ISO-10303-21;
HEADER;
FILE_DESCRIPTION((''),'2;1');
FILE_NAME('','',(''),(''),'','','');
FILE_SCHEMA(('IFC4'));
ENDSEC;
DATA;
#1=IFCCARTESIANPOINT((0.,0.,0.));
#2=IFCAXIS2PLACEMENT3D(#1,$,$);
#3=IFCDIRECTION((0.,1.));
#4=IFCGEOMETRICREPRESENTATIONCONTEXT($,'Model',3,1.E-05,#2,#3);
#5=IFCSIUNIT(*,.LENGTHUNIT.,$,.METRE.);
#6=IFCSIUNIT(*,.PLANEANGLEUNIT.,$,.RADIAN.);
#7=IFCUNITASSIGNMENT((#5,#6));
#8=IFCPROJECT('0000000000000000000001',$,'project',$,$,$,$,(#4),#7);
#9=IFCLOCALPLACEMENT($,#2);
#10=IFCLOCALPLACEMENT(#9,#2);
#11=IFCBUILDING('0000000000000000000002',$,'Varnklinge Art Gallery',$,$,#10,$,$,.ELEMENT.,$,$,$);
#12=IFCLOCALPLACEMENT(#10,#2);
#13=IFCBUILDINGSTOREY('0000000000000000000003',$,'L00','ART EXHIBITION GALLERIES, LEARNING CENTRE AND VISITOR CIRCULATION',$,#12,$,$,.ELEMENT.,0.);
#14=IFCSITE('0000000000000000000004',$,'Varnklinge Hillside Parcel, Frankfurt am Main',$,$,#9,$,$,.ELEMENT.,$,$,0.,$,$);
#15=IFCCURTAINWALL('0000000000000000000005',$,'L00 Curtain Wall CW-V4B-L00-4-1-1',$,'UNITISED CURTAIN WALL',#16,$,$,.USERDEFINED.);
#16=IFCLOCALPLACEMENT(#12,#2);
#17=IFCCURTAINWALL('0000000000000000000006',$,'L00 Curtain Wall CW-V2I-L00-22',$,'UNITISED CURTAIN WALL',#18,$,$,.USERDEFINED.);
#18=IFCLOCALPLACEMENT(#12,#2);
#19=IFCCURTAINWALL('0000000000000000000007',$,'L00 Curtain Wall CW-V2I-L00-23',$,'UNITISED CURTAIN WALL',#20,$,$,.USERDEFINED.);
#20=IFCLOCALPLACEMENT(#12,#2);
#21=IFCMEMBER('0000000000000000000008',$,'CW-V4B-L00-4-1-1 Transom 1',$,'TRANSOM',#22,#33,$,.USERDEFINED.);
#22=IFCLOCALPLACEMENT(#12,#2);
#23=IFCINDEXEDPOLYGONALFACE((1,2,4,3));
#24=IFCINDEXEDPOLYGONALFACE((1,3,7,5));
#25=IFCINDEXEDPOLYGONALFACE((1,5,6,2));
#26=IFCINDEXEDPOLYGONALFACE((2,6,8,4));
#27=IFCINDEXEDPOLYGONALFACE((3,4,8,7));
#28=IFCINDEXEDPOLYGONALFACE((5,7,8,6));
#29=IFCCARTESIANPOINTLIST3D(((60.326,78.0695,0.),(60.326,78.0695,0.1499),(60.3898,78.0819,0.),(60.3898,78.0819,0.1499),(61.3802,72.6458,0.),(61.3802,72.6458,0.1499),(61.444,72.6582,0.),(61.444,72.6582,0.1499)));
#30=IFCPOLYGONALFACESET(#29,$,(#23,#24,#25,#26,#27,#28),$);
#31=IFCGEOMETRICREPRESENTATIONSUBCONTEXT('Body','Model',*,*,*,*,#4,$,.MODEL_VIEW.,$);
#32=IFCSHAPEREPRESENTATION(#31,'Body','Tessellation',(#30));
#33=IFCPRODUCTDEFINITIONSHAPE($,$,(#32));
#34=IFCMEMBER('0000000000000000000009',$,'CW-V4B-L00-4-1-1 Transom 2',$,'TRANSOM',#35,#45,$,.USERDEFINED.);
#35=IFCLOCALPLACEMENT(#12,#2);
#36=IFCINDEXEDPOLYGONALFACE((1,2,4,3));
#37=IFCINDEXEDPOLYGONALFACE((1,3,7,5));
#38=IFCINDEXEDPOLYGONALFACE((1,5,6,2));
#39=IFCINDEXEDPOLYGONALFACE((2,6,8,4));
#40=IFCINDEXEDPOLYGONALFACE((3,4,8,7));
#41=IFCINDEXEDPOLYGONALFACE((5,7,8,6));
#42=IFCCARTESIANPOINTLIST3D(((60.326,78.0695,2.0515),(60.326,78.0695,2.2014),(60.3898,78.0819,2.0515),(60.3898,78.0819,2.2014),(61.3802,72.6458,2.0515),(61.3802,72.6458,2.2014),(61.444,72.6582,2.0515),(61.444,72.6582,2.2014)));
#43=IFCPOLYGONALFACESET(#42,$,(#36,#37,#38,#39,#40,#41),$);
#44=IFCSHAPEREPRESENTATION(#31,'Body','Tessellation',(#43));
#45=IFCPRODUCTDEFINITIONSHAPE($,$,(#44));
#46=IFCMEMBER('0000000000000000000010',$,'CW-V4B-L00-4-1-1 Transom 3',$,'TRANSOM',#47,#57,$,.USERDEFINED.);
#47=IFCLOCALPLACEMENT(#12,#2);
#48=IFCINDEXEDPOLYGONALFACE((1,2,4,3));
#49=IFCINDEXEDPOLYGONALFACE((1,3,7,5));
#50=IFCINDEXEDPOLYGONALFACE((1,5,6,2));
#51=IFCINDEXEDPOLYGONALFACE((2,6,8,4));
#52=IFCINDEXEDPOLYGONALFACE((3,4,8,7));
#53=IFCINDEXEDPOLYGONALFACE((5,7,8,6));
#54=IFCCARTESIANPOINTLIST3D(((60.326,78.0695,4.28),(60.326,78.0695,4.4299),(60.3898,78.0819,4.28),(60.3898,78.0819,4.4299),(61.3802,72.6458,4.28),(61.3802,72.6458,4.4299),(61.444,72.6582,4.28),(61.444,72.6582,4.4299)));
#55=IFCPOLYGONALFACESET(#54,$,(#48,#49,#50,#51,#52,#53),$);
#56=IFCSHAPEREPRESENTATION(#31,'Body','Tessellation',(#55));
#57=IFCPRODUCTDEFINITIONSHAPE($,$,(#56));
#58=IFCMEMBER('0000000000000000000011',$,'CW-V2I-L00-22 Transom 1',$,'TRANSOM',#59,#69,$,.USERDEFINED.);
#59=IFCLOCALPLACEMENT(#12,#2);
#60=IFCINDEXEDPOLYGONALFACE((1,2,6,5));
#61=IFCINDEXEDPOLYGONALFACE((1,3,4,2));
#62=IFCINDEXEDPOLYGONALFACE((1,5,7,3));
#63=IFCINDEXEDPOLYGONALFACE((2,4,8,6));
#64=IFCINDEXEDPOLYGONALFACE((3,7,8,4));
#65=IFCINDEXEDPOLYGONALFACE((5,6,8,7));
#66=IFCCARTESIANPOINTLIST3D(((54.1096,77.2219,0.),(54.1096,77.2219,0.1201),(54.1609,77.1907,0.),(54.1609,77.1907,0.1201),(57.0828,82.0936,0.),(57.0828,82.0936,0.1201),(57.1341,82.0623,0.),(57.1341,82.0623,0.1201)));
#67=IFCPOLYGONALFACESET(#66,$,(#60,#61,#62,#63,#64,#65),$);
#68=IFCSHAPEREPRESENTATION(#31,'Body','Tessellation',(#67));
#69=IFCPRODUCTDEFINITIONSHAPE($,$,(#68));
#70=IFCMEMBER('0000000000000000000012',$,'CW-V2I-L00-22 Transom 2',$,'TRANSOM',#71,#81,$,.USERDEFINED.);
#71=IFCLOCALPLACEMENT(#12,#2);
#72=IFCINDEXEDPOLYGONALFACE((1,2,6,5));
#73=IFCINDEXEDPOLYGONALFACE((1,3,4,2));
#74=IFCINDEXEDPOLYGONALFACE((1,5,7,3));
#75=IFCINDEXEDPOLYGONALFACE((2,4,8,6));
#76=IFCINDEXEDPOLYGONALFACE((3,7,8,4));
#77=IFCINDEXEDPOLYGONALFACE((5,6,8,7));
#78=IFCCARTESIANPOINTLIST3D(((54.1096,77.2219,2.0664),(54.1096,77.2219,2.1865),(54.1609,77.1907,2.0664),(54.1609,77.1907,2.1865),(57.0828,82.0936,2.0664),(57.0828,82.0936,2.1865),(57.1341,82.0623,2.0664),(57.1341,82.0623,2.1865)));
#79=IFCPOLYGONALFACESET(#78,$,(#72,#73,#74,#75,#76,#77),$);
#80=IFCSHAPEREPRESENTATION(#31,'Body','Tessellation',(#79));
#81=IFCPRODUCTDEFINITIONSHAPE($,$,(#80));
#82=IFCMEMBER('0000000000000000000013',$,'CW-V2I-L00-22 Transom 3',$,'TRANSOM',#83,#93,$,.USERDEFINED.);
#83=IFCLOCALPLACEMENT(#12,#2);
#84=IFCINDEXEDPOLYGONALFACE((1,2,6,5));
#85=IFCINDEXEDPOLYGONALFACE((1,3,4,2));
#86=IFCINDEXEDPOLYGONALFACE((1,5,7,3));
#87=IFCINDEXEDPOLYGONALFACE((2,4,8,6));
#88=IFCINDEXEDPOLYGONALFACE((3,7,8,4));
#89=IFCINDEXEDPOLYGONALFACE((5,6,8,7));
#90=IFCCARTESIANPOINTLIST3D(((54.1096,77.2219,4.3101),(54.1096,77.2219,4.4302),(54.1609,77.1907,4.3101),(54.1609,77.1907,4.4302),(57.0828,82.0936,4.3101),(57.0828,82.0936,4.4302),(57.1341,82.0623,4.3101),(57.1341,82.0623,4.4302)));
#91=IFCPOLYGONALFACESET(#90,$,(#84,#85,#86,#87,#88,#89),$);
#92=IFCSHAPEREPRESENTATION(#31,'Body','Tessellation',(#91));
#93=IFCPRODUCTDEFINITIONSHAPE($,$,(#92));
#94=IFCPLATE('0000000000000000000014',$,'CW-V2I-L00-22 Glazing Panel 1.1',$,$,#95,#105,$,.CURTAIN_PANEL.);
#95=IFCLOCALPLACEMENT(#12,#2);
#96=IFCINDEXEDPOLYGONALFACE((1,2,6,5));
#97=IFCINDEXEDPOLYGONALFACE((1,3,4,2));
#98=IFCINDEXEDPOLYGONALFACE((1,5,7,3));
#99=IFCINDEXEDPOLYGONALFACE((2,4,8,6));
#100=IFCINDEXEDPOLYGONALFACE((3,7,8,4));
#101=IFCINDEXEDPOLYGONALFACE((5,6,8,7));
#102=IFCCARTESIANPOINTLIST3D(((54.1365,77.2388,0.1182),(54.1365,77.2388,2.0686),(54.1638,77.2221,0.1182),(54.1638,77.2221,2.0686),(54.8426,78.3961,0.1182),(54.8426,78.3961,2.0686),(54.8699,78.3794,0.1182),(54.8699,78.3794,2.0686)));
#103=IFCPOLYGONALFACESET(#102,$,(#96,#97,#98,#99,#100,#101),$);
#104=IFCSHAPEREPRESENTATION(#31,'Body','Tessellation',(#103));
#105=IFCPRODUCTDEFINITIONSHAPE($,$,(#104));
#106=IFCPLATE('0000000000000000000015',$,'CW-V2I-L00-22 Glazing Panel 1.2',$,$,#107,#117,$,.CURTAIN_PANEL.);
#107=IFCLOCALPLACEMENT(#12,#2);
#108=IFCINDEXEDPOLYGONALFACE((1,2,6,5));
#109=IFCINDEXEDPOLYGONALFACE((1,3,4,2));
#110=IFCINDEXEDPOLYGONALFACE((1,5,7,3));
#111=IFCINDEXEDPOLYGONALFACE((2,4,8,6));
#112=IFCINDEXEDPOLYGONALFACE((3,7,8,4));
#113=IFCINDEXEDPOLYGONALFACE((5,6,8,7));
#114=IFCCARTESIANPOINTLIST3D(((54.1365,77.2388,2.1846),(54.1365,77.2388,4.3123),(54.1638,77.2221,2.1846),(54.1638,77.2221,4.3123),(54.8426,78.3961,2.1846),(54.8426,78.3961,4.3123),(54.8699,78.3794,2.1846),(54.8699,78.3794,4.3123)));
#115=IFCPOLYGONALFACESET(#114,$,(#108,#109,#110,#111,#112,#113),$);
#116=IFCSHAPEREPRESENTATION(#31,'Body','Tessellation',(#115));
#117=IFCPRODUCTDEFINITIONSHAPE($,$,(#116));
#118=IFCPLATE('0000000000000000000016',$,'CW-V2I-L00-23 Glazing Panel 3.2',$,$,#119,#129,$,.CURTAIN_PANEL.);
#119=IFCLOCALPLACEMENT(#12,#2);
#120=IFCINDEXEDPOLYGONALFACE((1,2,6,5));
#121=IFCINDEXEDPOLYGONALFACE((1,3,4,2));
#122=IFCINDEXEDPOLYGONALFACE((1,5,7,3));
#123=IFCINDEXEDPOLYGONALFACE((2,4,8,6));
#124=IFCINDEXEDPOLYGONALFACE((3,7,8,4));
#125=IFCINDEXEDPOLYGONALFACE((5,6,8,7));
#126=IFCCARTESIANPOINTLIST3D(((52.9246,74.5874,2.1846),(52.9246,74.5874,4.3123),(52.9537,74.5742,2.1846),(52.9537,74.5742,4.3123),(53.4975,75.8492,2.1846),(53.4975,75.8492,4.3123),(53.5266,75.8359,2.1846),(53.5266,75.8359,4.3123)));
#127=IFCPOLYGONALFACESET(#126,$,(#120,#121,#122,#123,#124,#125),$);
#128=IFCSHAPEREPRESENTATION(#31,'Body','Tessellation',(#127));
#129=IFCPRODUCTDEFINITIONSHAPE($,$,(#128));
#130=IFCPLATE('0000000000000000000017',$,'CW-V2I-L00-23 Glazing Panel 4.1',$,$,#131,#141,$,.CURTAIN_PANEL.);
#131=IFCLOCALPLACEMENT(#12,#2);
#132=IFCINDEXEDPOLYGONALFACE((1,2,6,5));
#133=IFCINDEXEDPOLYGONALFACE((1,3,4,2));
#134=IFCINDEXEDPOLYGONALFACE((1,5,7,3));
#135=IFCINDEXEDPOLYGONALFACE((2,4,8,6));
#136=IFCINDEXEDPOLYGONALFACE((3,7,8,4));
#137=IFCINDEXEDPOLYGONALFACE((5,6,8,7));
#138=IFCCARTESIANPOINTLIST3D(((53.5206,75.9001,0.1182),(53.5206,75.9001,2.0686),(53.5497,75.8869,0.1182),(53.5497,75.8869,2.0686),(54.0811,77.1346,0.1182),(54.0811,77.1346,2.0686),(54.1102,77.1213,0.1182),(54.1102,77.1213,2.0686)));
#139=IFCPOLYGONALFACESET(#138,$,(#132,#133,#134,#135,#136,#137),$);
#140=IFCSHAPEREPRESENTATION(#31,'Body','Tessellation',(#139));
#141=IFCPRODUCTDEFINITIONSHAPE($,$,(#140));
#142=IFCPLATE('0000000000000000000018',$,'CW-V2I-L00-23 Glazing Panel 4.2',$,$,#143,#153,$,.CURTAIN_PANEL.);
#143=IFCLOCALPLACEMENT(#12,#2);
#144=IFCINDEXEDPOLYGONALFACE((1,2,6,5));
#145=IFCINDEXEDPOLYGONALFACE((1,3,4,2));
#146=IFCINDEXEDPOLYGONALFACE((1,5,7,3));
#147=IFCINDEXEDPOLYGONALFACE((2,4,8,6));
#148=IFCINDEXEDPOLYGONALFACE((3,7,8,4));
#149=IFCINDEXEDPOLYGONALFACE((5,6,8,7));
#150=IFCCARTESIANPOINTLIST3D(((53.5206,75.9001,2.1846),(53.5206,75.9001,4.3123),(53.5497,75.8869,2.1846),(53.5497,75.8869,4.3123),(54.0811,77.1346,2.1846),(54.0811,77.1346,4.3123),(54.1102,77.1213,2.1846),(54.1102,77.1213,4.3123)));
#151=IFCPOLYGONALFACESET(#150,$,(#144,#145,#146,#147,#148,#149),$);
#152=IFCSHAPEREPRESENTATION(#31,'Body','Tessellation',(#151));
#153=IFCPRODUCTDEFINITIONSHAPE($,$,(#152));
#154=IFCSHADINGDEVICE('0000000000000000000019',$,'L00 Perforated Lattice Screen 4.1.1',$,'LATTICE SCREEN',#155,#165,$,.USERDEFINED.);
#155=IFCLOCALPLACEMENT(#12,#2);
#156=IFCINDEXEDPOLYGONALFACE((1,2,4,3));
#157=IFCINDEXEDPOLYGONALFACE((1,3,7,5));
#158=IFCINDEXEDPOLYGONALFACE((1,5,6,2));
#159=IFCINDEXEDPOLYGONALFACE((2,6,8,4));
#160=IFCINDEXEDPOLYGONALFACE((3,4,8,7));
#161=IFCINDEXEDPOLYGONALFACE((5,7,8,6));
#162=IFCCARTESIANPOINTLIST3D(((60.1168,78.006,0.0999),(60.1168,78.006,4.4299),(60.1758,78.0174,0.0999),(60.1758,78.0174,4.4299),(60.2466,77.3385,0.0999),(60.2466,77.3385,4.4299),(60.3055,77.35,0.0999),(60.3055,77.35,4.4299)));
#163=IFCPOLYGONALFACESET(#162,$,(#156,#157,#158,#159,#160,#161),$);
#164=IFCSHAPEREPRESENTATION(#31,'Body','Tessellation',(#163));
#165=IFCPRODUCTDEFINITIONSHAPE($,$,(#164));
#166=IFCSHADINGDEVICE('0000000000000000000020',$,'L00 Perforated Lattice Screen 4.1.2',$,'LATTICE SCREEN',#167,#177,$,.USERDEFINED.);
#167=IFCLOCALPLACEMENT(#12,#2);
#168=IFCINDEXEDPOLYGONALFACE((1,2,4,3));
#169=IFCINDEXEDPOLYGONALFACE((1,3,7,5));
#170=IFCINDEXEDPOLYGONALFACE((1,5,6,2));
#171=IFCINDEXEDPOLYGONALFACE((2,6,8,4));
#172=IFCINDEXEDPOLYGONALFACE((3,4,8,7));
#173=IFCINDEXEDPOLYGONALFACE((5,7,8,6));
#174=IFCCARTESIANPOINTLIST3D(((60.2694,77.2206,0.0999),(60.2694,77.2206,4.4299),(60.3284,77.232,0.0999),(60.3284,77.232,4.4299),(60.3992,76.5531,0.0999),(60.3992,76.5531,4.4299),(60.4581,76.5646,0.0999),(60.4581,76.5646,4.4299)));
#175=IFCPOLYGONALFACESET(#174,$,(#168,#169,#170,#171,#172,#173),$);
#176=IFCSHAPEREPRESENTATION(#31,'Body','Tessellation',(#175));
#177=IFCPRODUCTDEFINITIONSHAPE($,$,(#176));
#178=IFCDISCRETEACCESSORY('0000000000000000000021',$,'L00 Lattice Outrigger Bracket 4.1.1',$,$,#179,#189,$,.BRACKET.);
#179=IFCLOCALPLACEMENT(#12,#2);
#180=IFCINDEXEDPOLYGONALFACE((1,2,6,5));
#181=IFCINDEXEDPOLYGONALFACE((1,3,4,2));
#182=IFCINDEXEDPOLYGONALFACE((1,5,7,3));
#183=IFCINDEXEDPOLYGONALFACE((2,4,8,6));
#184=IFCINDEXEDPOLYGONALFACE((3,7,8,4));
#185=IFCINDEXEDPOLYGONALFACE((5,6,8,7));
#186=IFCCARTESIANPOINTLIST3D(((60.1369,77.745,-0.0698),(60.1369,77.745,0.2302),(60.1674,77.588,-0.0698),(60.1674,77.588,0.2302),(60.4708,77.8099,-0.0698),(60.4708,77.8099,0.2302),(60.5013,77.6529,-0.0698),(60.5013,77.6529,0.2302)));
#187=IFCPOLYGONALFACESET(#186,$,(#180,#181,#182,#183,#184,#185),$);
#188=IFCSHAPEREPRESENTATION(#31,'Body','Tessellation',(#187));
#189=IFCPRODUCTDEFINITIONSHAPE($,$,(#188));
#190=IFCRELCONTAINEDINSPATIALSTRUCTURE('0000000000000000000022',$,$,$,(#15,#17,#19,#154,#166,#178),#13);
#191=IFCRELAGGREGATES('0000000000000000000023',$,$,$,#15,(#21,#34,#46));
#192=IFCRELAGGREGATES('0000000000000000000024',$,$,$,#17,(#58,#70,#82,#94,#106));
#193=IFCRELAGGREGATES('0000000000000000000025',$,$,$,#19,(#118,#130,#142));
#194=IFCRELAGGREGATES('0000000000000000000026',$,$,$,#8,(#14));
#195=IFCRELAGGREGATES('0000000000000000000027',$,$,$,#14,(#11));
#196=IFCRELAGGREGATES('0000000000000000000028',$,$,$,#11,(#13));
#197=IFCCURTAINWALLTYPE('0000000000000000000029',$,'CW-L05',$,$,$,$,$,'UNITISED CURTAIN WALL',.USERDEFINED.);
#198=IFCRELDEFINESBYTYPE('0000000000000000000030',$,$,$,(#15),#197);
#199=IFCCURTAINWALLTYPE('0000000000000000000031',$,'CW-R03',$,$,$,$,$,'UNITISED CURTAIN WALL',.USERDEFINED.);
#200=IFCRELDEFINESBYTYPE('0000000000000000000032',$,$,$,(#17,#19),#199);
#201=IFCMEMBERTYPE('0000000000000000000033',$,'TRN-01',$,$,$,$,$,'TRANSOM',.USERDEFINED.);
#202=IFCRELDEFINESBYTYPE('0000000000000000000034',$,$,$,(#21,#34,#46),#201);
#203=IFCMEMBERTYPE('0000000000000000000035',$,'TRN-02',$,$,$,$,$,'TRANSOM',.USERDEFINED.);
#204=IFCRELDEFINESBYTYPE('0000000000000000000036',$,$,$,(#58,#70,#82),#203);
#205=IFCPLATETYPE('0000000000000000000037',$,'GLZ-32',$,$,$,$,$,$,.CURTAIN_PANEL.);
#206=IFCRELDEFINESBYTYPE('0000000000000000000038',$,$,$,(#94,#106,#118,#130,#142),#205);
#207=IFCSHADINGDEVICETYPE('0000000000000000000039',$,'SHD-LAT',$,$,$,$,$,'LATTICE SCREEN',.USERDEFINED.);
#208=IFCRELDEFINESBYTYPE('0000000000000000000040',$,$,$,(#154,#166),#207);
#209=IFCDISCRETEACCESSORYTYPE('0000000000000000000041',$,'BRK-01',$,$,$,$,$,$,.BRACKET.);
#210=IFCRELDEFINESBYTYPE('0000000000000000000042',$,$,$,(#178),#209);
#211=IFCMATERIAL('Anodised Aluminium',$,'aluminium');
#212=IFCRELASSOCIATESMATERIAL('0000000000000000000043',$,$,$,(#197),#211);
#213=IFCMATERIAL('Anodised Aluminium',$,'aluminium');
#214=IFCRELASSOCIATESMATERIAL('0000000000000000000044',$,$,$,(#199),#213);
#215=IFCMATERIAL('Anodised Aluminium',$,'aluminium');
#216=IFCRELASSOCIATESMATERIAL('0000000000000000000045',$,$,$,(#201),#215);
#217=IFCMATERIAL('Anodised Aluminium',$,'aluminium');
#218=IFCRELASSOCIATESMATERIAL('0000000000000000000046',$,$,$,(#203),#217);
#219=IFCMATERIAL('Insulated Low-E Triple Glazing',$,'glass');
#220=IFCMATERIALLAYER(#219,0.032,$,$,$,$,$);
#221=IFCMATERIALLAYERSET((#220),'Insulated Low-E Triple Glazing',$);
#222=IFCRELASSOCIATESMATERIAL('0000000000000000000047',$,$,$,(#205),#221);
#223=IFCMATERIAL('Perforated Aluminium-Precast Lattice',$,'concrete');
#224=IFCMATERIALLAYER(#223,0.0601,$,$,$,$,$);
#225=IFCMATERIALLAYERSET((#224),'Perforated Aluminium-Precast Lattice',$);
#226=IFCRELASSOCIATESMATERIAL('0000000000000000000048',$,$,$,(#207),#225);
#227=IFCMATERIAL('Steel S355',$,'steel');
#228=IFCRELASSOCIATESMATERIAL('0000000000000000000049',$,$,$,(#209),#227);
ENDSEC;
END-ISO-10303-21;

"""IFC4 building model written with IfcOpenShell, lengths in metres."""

from ifc_helpers import new_model, si_unit, direction, frame, origin, origin_2d, place, context, subcontext, project, spatial, rectangle, extrude, material, layer, layer_set, material_profile, profile_set, type_object, element, aggregate, save


model = new_model("IFC4")

# Units and contexts
model_context = context("Model", 3, precision=1e-05, world=origin(), true_north=direction((0.0, 1.0)))
body_context = subcontext(model_context, "Body", "Model", "MODEL_VIEW")
ifc_project = project(units=[si_unit("LENGTHUNIT", "METRE"), si_unit("PLANEANGLEUNIT", "RADIAN")], contexts=[model_context])

# Site, building, storey
site_placement = place(None, origin())
site = spatial("IfcSite", under=ifc_project, at=site_placement, Name="Varnklinge Hillside Parcel, Frankfurt am Main", CompositionType="ELEMENT", RefElevation=0.0)
building_placement = place(site_placement, origin())
building = spatial("IfcBuilding", under=site, at=building_placement, Name="Varnklinge Art Gallery", CompositionType="ELEMENT")
storey_placement = place(building_placement, origin())
storey = spatial("IfcBuildingStorey", under=building, at=storey_placement, Name="L00", Description="ART EXHIBITION GALLERIES, LEARNING CENTRE AND VISITOR CIRCULATION", CompositionType="ELEMENT", Elevation=0.0)

# Curtain wall
ifc_material_1 = material(Name="Anodised Aluminium", Category="aluminium")
curtain_wall_type_1 = type_object("IfcCurtainWallType", Name="CW-L05", ElementType="UNITISED CURTAIN WALL", PredefinedType="USERDEFINED", material=ifc_material_1)
curtain_wall_1_placement = place(storey_placement, origin())
curtain_wall_1 = element("IfcCurtainWall", 1, at=curtain_wall_1_placement, inside=storey, type_object=curtain_wall_type_1, Name="L00 Curtain Wall CW-V4B-L00-4-1-1", ObjectType="UNITISED CURTAIN WALL", PredefinedType="USERDEFINED")

# Curtain walls
ifc_material_2 = material(Name="Anodised Aluminium", Category="aluminium")
curtain_wall_type_2 = type_object("IfcCurtainWallType", Name="CW-R03", ElementType="UNITISED CURTAIN WALL", PredefinedType="USERDEFINED", material=ifc_material_2)
curtain_wall_2_placement = place(storey_placement, origin())
curtain_wall_2 = element("IfcCurtainWall", 2, at=curtain_wall_2_placement, inside=storey, type_object=curtain_wall_type_2, Name="L00 Curtain Wall CW-V2I-L00-22", ObjectType="UNITISED CURTAIN WALL", PredefinedType="USERDEFINED")
curtain_wall_3_placement = place(storey_placement, origin())
curtain_wall_3 = element("IfcCurtainWall", 3, at=curtain_wall_3_placement, inside=storey, type_object=curtain_wall_type_2, Name="L00 Curtain Wall CW-V2I-L00-23", ObjectType="UNITISED CURTAIN WALL", PredefinedType="USERDEFINED")

# Members
ifc_material_3 = material(Name="Anodised Aluminium", Category="aluminium")
ifc_material_profile_1 = material_profile(ifc_material_3, rectangle(XDim=0.0649, YDim=0.1499, at=origin_2d()), Name="ALU 65x150")
ifc_profile_set_1 = profile_set([ifc_material_profile_1], Name="Anodised Aluminium")
member_type_1 = type_object("IfcMemberType", Name="TRN-01", ElementType="TRANSOM", PredefinedType="USERDEFINED", material=ifc_profile_set_1)
member_1_placement = place(storey_placement, frame((60.3579, 78.0757, 0.075), z_axis=(0.190802, -0.981628, 0.0), x_axis=(0.981628, 0.190802, 0.0)))
member_1 = element("IfcMember", 4, at=member_1_placement, type_object=member_type_1, Name="CW-V4B-L00-4-1-1 Transom 1", ObjectType="TRANSOM", PredefinedType="USERDEFINED", context=body_context, shape_type="SweptSolid", body=[
    extrude(rectangle(XDim=0.0649, YDim=0.1499, at=origin_2d()), origin(), (0.0, 0.0, 1.0), 5.5251),
])
member_2_placement = place(storey_placement, frame((60.3579, 78.0757, 2.1265), z_axis=(0.190802, -0.981628, 0.0), x_axis=(0.981628, 0.190802, 0.0)))
member_2 = element("IfcMember", 5, at=member_2_placement, type_object=member_type_1, Name="CW-V4B-L00-4-1-1 Transom 2", ObjectType="TRANSOM", PredefinedType="USERDEFINED", context=body_context, shape_type="SweptSolid", body=[
    extrude(rectangle(XDim=0.0649, YDim=0.1499, at=origin_2d()), origin(), (0.0, 0.0, 1.0), 5.5251),
])
member_3_placement = place(storey_placement, frame((60.3579, 78.0757, 4.355), z_axis=(0.190802, -0.981628, 0.0), x_axis=(0.981628, 0.190802, 0.0)))
member_3 = element("IfcMember", 6, at=member_3_placement, type_object=member_type_1, Name="CW-V4B-L00-4-1-1 Transom 3", ObjectType="TRANSOM", PredefinedType="USERDEFINED", context=body_context, shape_type="SweptSolid", body=[
    extrude(rectangle(XDim=0.0649, YDim=0.1499, at=origin_2d()), origin(), (0.0, 0.0, 1.0), 5.5251),
])
aggregate(curtain_wall_1, [member_1, member_2, member_3])
ifc_material_4 = material(Name="Anodised Aluminium", Category="aluminium")
ifc_material_profile_2 = material_profile(ifc_material_4, rectangle(XDim=0.0601, YDim=0.1201, at=origin_2d()), Name="ALU 60x120")
ifc_profile_set_2 = profile_set([ifc_material_profile_2], Name="Anodised Aluminium")
member_type_2 = type_object("IfcMemberType", Name="TRN-02", ElementType="TRANSOM", PredefinedType="USERDEFINED", material=ifc_profile_set_2)
member_4_placement = place(storey_placement, frame((54.1353, 77.2063, 0.0601), z_axis=(0.520948, 0.853588, 0.0), x_axis=(-0.853588, 0.520948, 0.0)))
member_4 = element("IfcMember", 7, at=member_4_placement, type_object=member_type_2, Name="CW-V2I-L00-22 Transom 1", ObjectType="TRANSOM", PredefinedType="USERDEFINED", context=body_context, shape_type="SweptSolid", body=[
    extrude(rectangle(XDim=0.0601, YDim=0.1201, at=origin_2d()), origin(), (0.0, 0.0, 1.0), 5.7073),
])
member_5_placement = place(storey_placement, frame((54.1353, 77.2063, 2.1265), z_axis=(0.520948, 0.853588, 0.0), x_axis=(-0.853588, 0.520948, 0.0)))
member_5 = element("IfcMember", 8, at=member_5_placement, type_object=member_type_2, Name="CW-V2I-L00-22 Transom 2", ObjectType="TRANSOM", PredefinedType="USERDEFINED", context=body_context, shape_type="SweptSolid", body=[
    extrude(rectangle(XDim=0.0601, YDim=0.1201, at=origin_2d()), origin(), (0.0, 0.0, 1.0), 5.7073),
])
member_6_placement = place(storey_placement, frame((54.1353, 77.2063, 4.3701), z_axis=(0.520948, 0.853588, 0.0), x_axis=(-0.853588, 0.520948, 0.0)))
member_6 = element("IfcMember", 9, at=member_6_placement, type_object=member_type_2, Name="CW-V2I-L00-22 Transom 3", ObjectType="TRANSOM", PredefinedType="USERDEFINED", context=body_context, shape_type="SweptSolid", body=[
    extrude(rectangle(XDim=0.0601, YDim=0.1201, at=origin_2d()), origin(), (0.0, 0.0, 1.0), 5.7073),
])

# Plates
ifc_material_5 = material(Name="Insulated Low-E Triple Glazing", Category="glass")
ifc_layer_1 = layer(ifc_material_5, 0.032)
ifc_layer_set_1 = layer_set([ifc_layer_1], Name="Insulated Low-E Triple Glazing")
plate_type = type_object("IfcPlateType", Name="GLZ-32", PredefinedType="CURTAIN_PANEL", material=ifc_layer_set_1)
plate_1_placement = place(storey_placement, frame((54.5032, 77.8091, 0.1182), z_axis=(0.0, 0.0, 1.0), x_axis=(0.520861, 0.853642, 0.0)))
plate_1 = element("IfcPlate", 10, at=plate_1_placement, type_object=plate_type, Name="CW-V2I-L00-22 Glazing Panel 1.1", PredefinedType="CURTAIN_PANEL", context=body_context, shape_type="SweptSolid", body=[
    extrude(rectangle(XDim=1.3557, YDim=0.032, at=origin_2d()), origin(), (0.0, 0.0, 1.0), 1.9504),
])
plate_2_placement = place(storey_placement, frame((54.5032, 77.8091, 2.1846), z_axis=(0.0, 0.0, 1.0), x_axis=(0.520861, 0.853642, 0.0)))
plate_2 = element("IfcPlate", 11, at=plate_2_placement, type_object=plate_type, Name="CW-V2I-L00-22 Glazing Panel 1.2", PredefinedType="CURTAIN_PANEL", context=body_context, shape_type="SweptSolid", body=[
    extrude(rectangle(XDim=1.3557, YDim=0.032, at=origin_2d()), origin(), (0.0, 0.0, 1.0), 2.1277),
])
aggregate(curtain_wall_2, [member_4, member_5, member_6, plate_1, plate_2])
plate_3_placement = place(storey_placement, frame((53.2256, 75.2117, 2.1846), z_axis=(0.0, 0.0, 1.0), x_axis=(0.413422, 0.910539, 0.0)))
plate_3 = element("IfcPlate", 12, at=plate_3_placement, type_object=plate_type, Name="CW-V2I-L00-23 Glazing Panel 3.2", PredefinedType="CURTAIN_PANEL", context=body_context, shape_type="SweptSolid", body=[
    extrude(rectangle(XDim=1.3857, YDim=0.032, at=origin_2d()), origin(), (0.0, 0.0, 1.0), 2.1277),
])
plate_4_placement = place(storey_placement, frame((53.8154, 76.5107, 0.1182), z_axis=(0.0, 0.0, 1.0), x_axis=(0.413422, 0.910539, 0.0)))
plate_4 = element("IfcPlate", 13, at=plate_4_placement, type_object=plate_type, Name="CW-V2I-L00-23 Glazing Panel 4.1", PredefinedType="CURTAIN_PANEL", context=body_context, shape_type="SweptSolid", body=[
    extrude(rectangle(XDim=1.3557, YDim=0.032, at=origin_2d()), origin(), (0.0, 0.0, 1.0), 1.9504),
])
plate_5_placement = place(storey_placement, frame((53.8154, 76.5107, 2.1846), z_axis=(0.0, 0.0, 1.0), x_axis=(0.413422, 0.910539, 0.0)))
plate_5 = element("IfcPlate", 14, at=plate_5_placement, type_object=plate_type, Name="CW-V2I-L00-23 Glazing Panel 4.2", PredefinedType="CURTAIN_PANEL", context=body_context, shape_type="SweptSolid", body=[
    extrude(rectangle(XDim=1.3557, YDim=0.032, at=origin_2d()), origin(), (0.0, 0.0, 1.0), 2.1277),
])
aggregate(curtain_wall_3, [plate_3, plate_4, plate_5])

# Shading devices
ifc_material_6 = material(Name="Perforated Aluminium-Precast Lattice", Category="concrete")
ifc_layer_2 = layer(ifc_material_6, 0.0601)
ifc_layer_set_2 = layer_set([ifc_layer_2], Name="Perforated Aluminium-Precast Lattice")
shading_device_type = type_object("IfcShadingDeviceType", Name="SHD-LAT", ElementType="LATTICE SCREEN", PredefinedType="USERDEFINED", material=ifc_layer_set_2)
for number, where, z_axis, x_axis, name in (
    (15, (60.2112, 77.678, 0.0999), (0.0, 0.0, 1.0), (0.190809, -0.981627, 0.0), "L00 Perforated Lattice Screen 4.1.1"),
    (16, (60.3638, 76.8926, 0.0999), (0.0, 0.0, 1.0), (0.190809, -0.981627, 0.0), "L00 Perforated Lattice Screen 4.1.2"),
):
    element("IfcShadingDevice", number, at=place(storey_placement, frame(where, z_axis=z_axis, x_axis=x_axis)), inside=storey, type_object=shading_device_type, Name=name, ObjectType="LATTICE SCREEN", PredefinedType="USERDEFINED", context=body_context, shape_type="SweptSolid", body=[
        extrude(rectangle(XDim=0.6799, YDim=0.0601, at=origin_2d()), origin(), (0.0, 0.0, 1.0), 4.3301),
    ])

# Discrete accessory
ifc_material_7 = material(Name="Steel S355", Category="steel")
discrete_accessory_type = type_object("IfcDiscreteAccessoryType", Name="BRK-01", PredefinedType="BRACKET", material=ifc_material_7)
discrete_accessory_placement = place(storey_placement, frame((60.3191, 77.699, -0.0698), z_axis=(0.0, 0.0, 1.0), x_axis=(0.190809, -0.981627, 0.0)))
element("IfcDiscreteAccessory", 17, at=discrete_accessory_placement, inside=storey, type_object=discrete_accessory_type, Name="L00 Lattice Outrigger Bracket 4.1.1", PredefinedType="BRACKET", context=body_context, shape_type="SweptSolid", body=[
    extrude(rectangle(XDim=0.1599, YDim=0.3401, at=origin_2d()), origin(), (0.0, 0.0, 1.0), 0.3),
])

save(model, "model.ifc")
